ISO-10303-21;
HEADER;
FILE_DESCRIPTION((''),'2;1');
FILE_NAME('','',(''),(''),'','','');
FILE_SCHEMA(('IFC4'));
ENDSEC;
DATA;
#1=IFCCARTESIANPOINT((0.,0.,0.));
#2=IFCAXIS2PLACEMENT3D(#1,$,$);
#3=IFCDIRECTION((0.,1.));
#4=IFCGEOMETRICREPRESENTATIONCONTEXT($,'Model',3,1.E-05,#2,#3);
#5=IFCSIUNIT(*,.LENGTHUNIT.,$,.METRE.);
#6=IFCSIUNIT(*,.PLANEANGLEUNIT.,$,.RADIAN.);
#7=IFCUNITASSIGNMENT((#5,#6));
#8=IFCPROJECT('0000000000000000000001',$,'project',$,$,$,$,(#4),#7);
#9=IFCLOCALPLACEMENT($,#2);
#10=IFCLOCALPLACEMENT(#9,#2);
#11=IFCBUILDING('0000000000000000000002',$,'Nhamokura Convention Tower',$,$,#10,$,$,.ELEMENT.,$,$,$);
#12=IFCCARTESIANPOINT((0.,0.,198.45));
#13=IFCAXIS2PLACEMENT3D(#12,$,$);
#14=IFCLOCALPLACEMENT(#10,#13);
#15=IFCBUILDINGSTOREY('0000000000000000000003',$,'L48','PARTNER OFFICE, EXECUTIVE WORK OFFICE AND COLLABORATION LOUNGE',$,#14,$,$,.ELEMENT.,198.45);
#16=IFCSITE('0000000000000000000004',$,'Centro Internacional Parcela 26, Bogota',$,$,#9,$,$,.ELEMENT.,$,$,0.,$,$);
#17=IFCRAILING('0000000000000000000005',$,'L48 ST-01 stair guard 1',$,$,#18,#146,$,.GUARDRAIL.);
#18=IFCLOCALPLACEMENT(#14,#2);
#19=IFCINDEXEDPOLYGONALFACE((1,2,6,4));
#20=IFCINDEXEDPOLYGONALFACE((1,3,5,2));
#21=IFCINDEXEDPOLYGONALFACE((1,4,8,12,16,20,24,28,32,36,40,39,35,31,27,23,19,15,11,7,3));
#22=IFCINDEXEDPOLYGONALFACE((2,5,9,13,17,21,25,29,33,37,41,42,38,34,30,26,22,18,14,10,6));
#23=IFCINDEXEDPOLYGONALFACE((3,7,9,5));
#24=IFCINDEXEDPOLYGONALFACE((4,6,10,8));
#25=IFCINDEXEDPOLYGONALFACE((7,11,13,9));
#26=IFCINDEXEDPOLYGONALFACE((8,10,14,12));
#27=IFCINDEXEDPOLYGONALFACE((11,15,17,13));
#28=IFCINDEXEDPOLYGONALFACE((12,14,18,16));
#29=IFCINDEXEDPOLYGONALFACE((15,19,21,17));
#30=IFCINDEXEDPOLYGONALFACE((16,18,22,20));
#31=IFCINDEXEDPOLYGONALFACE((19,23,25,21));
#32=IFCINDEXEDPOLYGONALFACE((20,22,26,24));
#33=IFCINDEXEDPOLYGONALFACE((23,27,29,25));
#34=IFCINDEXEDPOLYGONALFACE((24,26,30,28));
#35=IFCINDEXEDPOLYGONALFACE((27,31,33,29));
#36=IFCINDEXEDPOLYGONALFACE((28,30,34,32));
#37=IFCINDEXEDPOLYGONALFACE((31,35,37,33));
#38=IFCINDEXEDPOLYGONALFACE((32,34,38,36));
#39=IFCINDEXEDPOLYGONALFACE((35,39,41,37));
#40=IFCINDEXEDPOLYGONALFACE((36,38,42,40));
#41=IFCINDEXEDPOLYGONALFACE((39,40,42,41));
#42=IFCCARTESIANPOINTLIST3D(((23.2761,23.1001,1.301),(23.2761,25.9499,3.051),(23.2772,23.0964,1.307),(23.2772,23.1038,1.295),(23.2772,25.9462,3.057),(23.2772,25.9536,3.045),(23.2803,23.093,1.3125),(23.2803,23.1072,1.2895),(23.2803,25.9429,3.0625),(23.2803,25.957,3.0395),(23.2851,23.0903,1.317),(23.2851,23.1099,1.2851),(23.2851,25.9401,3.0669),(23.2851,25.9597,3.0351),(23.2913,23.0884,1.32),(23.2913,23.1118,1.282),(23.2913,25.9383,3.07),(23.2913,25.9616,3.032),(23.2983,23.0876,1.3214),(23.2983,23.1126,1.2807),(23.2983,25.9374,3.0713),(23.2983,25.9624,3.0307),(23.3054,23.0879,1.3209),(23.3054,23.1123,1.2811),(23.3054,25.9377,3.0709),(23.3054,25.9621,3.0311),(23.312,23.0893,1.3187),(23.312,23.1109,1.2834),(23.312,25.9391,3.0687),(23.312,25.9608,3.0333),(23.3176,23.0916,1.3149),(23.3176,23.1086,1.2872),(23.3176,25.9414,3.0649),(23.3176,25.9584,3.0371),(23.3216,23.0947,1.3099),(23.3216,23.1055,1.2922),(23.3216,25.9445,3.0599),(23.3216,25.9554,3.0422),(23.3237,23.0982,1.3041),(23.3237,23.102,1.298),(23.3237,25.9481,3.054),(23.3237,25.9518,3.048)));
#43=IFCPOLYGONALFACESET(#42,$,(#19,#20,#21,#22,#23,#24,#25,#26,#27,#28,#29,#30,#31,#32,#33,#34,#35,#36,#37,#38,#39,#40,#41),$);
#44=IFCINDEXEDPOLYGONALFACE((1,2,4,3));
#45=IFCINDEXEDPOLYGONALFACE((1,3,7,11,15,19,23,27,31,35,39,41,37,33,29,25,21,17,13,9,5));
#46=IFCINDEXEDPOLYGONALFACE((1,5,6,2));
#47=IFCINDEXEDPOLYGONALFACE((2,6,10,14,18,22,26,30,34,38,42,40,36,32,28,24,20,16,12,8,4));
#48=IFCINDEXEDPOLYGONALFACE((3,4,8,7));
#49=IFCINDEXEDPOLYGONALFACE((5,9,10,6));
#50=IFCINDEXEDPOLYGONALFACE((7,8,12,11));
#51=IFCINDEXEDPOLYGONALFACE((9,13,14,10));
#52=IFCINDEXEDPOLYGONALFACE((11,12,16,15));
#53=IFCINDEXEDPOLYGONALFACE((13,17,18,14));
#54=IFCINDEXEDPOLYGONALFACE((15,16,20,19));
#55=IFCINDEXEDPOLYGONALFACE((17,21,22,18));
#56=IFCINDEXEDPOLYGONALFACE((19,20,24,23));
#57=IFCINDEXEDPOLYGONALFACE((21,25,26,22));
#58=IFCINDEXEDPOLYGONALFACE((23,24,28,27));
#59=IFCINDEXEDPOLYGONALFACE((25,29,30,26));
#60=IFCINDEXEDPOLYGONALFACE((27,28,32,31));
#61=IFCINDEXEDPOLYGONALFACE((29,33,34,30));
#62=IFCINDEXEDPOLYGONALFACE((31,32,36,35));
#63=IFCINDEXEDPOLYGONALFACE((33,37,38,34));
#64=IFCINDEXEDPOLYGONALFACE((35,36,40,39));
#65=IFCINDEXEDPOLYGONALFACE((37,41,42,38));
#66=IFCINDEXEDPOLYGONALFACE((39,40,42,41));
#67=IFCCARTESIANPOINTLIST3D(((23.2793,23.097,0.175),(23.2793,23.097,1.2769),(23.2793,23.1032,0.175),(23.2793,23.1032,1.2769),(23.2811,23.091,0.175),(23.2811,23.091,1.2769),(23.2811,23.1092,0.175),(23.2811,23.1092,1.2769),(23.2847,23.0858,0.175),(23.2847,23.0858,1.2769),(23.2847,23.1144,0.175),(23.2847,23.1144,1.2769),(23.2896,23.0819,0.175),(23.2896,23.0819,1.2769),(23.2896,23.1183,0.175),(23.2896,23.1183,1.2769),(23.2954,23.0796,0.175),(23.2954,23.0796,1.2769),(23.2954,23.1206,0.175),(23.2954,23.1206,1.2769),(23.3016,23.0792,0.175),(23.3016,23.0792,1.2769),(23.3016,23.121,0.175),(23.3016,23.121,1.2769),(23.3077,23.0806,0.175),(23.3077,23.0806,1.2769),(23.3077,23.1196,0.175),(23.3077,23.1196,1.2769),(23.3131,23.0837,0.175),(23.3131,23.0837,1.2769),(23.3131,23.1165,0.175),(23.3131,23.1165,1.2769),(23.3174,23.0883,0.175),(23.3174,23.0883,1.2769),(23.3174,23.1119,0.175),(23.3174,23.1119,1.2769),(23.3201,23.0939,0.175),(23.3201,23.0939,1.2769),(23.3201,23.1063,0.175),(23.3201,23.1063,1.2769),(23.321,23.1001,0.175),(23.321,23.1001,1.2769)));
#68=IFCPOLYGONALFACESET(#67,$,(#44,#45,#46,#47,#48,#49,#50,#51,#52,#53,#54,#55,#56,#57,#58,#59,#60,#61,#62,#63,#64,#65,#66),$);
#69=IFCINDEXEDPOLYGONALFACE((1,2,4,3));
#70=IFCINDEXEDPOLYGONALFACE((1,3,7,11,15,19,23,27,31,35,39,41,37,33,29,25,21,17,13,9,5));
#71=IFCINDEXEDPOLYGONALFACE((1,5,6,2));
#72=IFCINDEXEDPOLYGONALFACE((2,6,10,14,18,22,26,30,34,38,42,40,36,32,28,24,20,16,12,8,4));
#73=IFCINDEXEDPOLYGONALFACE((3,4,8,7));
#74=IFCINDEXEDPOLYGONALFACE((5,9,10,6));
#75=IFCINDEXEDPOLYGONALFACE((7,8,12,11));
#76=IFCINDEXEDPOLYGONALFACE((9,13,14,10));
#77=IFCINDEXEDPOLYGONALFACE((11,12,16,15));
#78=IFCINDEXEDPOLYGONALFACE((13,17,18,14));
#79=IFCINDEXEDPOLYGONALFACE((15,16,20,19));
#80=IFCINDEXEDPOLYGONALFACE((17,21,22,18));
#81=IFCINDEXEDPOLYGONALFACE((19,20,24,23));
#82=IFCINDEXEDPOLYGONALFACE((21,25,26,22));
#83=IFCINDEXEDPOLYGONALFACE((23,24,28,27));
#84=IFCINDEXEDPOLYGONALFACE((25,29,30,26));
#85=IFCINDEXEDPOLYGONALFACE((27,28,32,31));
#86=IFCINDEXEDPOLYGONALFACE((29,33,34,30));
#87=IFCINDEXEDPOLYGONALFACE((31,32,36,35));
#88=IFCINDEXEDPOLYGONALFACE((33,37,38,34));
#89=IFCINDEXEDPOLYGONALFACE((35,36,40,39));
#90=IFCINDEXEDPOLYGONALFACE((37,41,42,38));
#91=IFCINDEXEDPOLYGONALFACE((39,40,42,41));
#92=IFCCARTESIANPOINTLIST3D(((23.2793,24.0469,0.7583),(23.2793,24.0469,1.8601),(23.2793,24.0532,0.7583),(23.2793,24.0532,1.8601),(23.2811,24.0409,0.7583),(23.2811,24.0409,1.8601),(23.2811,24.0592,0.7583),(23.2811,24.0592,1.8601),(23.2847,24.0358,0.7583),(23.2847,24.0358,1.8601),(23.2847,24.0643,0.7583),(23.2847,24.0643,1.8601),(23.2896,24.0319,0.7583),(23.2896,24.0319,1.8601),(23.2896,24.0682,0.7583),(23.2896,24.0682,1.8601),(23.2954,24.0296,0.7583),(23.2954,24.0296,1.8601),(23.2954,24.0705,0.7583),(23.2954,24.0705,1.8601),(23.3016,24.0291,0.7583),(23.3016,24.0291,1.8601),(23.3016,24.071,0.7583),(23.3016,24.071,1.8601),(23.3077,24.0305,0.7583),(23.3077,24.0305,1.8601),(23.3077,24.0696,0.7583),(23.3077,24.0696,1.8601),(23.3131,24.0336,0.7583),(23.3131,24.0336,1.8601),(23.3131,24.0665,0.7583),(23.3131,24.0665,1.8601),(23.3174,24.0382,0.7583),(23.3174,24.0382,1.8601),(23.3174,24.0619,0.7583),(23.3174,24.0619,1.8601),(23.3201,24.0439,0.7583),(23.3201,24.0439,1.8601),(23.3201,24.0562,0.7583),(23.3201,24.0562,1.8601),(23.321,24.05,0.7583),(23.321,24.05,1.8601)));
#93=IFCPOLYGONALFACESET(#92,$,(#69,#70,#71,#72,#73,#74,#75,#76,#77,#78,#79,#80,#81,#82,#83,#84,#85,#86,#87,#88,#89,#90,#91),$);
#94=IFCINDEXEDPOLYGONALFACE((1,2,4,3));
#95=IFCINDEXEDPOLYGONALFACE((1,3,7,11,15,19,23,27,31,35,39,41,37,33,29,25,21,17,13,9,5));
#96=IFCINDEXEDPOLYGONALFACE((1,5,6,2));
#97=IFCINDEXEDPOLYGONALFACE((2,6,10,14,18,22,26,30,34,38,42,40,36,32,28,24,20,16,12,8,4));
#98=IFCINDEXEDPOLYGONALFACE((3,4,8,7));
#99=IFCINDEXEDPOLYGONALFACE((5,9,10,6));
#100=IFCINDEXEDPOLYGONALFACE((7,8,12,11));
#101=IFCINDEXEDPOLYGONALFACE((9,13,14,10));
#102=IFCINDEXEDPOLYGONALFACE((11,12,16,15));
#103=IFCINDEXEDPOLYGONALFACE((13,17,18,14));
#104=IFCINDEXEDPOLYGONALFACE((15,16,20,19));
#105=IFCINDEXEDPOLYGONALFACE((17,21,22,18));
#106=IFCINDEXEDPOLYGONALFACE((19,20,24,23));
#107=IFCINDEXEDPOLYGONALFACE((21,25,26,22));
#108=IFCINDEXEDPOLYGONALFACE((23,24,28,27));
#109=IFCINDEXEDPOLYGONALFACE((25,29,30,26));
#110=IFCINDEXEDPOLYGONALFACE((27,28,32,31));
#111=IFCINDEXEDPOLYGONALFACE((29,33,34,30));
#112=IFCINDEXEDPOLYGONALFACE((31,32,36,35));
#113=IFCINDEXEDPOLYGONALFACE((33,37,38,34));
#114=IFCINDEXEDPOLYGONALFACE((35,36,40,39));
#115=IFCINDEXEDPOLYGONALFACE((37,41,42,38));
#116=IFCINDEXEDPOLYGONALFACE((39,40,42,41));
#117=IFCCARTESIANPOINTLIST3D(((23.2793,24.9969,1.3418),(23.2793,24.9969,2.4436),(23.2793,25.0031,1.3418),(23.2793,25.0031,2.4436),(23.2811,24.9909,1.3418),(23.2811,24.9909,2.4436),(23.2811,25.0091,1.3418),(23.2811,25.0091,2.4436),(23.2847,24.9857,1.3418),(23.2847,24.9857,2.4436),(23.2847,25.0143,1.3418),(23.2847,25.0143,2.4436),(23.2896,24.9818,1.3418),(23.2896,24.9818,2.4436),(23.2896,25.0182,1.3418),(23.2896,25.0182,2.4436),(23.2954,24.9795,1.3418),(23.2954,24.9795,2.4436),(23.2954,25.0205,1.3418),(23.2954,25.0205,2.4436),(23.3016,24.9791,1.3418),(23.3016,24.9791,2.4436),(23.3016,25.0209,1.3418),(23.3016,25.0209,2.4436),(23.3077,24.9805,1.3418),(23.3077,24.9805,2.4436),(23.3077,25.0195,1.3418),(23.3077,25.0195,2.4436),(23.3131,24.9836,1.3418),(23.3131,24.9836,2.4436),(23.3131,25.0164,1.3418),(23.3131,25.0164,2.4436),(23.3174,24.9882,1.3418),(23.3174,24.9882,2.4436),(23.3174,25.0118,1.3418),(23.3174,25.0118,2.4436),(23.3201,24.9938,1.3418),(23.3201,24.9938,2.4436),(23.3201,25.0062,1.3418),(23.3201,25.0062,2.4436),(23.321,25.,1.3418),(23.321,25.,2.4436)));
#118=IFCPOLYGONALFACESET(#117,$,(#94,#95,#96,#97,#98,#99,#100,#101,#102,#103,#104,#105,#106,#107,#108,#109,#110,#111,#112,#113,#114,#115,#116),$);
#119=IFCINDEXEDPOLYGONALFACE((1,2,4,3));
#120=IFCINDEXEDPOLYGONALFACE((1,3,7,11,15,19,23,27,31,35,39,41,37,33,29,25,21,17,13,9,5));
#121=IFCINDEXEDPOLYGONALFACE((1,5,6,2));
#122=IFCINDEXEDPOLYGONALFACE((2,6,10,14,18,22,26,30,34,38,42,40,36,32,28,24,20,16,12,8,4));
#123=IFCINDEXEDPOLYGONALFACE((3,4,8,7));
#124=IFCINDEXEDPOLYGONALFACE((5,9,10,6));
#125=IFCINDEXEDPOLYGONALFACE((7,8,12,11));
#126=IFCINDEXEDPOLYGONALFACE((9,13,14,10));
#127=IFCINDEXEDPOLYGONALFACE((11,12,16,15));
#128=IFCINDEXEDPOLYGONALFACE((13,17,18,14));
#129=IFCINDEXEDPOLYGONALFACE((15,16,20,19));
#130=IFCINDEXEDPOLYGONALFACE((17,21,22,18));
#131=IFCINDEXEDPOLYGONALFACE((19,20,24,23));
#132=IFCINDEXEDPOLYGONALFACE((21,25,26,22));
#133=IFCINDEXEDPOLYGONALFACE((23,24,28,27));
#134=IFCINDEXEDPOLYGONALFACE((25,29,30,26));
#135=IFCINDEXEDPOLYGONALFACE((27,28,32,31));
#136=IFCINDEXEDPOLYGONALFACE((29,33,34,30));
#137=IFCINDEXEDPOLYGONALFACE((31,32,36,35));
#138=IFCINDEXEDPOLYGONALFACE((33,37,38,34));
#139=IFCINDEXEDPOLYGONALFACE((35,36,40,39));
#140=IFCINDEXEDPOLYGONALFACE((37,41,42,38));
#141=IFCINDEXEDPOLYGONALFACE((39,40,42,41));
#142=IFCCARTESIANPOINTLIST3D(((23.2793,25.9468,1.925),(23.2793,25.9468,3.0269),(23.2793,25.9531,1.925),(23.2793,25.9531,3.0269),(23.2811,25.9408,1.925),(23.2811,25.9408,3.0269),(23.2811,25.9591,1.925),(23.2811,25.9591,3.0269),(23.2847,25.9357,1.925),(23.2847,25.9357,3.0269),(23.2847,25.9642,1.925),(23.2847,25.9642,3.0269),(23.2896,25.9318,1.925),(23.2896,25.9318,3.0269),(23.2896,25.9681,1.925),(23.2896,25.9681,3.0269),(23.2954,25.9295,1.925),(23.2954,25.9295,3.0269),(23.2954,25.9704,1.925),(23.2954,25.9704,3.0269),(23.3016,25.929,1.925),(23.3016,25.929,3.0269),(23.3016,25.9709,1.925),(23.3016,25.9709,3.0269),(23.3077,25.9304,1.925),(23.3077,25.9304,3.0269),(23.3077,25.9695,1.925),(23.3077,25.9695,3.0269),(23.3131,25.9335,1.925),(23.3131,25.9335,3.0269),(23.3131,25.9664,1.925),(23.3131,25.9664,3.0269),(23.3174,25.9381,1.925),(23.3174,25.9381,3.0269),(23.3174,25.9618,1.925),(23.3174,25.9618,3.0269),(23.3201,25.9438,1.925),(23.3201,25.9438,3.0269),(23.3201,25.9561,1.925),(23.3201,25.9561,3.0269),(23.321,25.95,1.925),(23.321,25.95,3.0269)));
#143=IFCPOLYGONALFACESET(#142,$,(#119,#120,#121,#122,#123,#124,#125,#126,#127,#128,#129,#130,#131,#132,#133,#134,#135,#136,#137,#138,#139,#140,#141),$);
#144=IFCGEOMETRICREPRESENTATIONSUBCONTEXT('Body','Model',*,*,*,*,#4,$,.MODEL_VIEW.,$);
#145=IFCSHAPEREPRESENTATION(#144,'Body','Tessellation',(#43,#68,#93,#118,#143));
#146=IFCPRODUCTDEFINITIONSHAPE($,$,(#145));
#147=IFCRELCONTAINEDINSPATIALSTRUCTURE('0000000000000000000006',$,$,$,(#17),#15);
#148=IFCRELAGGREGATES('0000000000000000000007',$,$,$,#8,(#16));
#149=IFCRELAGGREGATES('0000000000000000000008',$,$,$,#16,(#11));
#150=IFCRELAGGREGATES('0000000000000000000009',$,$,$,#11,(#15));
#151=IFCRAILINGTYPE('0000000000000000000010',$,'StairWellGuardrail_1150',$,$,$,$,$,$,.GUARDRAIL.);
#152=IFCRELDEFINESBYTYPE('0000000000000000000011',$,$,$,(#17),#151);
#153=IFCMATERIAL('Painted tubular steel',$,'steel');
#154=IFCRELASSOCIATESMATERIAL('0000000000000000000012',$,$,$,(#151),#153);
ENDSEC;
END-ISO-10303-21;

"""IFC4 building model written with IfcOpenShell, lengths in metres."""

from ifc_helpers import new_model, si_unit, direction, frame, origin, origin_2d, place, context, subcontext, project, spatial, circle, extrude, material, type_object, element, save


model = new_model("IFC4")

# Units and contexts
model_context = context("Model", 3, precision=1e-05, world=origin(), true_north=direction((0.0, 1.0)))
body_context = subcontext(model_context, "Body", "Model", "MODEL_VIEW")
ifc_project = project(units=[si_unit("LENGTHUNIT", "METRE"), si_unit("PLANEANGLEUNIT", "RADIAN")], contexts=[model_context])

# Site, building, storey
site_placement = place(None, origin())
site = spatial("IfcSite", under=ifc_project, at=site_placement, Name="Centro Internacional Parcela 26, Bogota", CompositionType="ELEMENT", RefElevation=0.0)
building_placement = place(site_placement, origin())
building = spatial("IfcBuilding", under=site, at=building_placement, Name="Nhamokura Convention Tower", CompositionType="ELEMENT")
storey_placement = place(building_placement, frame((0.0, 0.0, 198.45)))
storey = spatial("IfcBuildingStorey", under=building, at=storey_placement, Name="L48", Description="PARTNER OFFICE, EXECUTIVE WORK OFFICE AND COLLABORATION LOUNGE", CompositionType="ELEMENT", Elevation=198.45)

# Railing
ifc_material_1 = material(Name="Painted tubular steel", Category="steel")
railing_type_1 = type_object("IfcRailingType", Name="StairWellGuardrail_1150", PredefinedType="GUARDRAIL", material=ifc_material_1)
railing_1_placement = place(storey_placement, frame((23.3, 23.1001, 0.175)))
element("IfcRailing", 1, at=railing_1_placement, inside=storey, type_object=railing_type_1, Name="L48 ST-01 stair guard 1", PredefinedType="GUARDRAIL", context=body_context, shape_type="SweptSolid", body=[
    extrude(circle(Radius=0.0239, at=origin_2d()), frame((0.0, 0.0, 1.126), z_axis=(0.0, 0.852159, 0.523283), x_axis=(-1.0, 0.0, 0.0)), (0.0, 0.0, 1.0), 3.3442),
    extrude(circle(Radius=0.021, at=origin_2d()), origin(), (0.0, 0.0, 1.0), 1.1018),
    extrude(circle(Radius=0.021, at=origin_2d()), frame((0.0, 0.95, 0.5833)), (0.0, 0.0, 1.0), 1.1018),
    extrude(circle(Radius=0.021, at=origin_2d()), frame((0.0, 1.8999, 1.1667)), (0.0, 0.0, 1.0), 1.1018),
    extrude(circle(Radius=0.021, at=origin_2d()), frame((0.0, 2.8499, 1.75)), (0.0, 0.0, 1.0), 1.1018),
])

save(model, "model.ifc")
